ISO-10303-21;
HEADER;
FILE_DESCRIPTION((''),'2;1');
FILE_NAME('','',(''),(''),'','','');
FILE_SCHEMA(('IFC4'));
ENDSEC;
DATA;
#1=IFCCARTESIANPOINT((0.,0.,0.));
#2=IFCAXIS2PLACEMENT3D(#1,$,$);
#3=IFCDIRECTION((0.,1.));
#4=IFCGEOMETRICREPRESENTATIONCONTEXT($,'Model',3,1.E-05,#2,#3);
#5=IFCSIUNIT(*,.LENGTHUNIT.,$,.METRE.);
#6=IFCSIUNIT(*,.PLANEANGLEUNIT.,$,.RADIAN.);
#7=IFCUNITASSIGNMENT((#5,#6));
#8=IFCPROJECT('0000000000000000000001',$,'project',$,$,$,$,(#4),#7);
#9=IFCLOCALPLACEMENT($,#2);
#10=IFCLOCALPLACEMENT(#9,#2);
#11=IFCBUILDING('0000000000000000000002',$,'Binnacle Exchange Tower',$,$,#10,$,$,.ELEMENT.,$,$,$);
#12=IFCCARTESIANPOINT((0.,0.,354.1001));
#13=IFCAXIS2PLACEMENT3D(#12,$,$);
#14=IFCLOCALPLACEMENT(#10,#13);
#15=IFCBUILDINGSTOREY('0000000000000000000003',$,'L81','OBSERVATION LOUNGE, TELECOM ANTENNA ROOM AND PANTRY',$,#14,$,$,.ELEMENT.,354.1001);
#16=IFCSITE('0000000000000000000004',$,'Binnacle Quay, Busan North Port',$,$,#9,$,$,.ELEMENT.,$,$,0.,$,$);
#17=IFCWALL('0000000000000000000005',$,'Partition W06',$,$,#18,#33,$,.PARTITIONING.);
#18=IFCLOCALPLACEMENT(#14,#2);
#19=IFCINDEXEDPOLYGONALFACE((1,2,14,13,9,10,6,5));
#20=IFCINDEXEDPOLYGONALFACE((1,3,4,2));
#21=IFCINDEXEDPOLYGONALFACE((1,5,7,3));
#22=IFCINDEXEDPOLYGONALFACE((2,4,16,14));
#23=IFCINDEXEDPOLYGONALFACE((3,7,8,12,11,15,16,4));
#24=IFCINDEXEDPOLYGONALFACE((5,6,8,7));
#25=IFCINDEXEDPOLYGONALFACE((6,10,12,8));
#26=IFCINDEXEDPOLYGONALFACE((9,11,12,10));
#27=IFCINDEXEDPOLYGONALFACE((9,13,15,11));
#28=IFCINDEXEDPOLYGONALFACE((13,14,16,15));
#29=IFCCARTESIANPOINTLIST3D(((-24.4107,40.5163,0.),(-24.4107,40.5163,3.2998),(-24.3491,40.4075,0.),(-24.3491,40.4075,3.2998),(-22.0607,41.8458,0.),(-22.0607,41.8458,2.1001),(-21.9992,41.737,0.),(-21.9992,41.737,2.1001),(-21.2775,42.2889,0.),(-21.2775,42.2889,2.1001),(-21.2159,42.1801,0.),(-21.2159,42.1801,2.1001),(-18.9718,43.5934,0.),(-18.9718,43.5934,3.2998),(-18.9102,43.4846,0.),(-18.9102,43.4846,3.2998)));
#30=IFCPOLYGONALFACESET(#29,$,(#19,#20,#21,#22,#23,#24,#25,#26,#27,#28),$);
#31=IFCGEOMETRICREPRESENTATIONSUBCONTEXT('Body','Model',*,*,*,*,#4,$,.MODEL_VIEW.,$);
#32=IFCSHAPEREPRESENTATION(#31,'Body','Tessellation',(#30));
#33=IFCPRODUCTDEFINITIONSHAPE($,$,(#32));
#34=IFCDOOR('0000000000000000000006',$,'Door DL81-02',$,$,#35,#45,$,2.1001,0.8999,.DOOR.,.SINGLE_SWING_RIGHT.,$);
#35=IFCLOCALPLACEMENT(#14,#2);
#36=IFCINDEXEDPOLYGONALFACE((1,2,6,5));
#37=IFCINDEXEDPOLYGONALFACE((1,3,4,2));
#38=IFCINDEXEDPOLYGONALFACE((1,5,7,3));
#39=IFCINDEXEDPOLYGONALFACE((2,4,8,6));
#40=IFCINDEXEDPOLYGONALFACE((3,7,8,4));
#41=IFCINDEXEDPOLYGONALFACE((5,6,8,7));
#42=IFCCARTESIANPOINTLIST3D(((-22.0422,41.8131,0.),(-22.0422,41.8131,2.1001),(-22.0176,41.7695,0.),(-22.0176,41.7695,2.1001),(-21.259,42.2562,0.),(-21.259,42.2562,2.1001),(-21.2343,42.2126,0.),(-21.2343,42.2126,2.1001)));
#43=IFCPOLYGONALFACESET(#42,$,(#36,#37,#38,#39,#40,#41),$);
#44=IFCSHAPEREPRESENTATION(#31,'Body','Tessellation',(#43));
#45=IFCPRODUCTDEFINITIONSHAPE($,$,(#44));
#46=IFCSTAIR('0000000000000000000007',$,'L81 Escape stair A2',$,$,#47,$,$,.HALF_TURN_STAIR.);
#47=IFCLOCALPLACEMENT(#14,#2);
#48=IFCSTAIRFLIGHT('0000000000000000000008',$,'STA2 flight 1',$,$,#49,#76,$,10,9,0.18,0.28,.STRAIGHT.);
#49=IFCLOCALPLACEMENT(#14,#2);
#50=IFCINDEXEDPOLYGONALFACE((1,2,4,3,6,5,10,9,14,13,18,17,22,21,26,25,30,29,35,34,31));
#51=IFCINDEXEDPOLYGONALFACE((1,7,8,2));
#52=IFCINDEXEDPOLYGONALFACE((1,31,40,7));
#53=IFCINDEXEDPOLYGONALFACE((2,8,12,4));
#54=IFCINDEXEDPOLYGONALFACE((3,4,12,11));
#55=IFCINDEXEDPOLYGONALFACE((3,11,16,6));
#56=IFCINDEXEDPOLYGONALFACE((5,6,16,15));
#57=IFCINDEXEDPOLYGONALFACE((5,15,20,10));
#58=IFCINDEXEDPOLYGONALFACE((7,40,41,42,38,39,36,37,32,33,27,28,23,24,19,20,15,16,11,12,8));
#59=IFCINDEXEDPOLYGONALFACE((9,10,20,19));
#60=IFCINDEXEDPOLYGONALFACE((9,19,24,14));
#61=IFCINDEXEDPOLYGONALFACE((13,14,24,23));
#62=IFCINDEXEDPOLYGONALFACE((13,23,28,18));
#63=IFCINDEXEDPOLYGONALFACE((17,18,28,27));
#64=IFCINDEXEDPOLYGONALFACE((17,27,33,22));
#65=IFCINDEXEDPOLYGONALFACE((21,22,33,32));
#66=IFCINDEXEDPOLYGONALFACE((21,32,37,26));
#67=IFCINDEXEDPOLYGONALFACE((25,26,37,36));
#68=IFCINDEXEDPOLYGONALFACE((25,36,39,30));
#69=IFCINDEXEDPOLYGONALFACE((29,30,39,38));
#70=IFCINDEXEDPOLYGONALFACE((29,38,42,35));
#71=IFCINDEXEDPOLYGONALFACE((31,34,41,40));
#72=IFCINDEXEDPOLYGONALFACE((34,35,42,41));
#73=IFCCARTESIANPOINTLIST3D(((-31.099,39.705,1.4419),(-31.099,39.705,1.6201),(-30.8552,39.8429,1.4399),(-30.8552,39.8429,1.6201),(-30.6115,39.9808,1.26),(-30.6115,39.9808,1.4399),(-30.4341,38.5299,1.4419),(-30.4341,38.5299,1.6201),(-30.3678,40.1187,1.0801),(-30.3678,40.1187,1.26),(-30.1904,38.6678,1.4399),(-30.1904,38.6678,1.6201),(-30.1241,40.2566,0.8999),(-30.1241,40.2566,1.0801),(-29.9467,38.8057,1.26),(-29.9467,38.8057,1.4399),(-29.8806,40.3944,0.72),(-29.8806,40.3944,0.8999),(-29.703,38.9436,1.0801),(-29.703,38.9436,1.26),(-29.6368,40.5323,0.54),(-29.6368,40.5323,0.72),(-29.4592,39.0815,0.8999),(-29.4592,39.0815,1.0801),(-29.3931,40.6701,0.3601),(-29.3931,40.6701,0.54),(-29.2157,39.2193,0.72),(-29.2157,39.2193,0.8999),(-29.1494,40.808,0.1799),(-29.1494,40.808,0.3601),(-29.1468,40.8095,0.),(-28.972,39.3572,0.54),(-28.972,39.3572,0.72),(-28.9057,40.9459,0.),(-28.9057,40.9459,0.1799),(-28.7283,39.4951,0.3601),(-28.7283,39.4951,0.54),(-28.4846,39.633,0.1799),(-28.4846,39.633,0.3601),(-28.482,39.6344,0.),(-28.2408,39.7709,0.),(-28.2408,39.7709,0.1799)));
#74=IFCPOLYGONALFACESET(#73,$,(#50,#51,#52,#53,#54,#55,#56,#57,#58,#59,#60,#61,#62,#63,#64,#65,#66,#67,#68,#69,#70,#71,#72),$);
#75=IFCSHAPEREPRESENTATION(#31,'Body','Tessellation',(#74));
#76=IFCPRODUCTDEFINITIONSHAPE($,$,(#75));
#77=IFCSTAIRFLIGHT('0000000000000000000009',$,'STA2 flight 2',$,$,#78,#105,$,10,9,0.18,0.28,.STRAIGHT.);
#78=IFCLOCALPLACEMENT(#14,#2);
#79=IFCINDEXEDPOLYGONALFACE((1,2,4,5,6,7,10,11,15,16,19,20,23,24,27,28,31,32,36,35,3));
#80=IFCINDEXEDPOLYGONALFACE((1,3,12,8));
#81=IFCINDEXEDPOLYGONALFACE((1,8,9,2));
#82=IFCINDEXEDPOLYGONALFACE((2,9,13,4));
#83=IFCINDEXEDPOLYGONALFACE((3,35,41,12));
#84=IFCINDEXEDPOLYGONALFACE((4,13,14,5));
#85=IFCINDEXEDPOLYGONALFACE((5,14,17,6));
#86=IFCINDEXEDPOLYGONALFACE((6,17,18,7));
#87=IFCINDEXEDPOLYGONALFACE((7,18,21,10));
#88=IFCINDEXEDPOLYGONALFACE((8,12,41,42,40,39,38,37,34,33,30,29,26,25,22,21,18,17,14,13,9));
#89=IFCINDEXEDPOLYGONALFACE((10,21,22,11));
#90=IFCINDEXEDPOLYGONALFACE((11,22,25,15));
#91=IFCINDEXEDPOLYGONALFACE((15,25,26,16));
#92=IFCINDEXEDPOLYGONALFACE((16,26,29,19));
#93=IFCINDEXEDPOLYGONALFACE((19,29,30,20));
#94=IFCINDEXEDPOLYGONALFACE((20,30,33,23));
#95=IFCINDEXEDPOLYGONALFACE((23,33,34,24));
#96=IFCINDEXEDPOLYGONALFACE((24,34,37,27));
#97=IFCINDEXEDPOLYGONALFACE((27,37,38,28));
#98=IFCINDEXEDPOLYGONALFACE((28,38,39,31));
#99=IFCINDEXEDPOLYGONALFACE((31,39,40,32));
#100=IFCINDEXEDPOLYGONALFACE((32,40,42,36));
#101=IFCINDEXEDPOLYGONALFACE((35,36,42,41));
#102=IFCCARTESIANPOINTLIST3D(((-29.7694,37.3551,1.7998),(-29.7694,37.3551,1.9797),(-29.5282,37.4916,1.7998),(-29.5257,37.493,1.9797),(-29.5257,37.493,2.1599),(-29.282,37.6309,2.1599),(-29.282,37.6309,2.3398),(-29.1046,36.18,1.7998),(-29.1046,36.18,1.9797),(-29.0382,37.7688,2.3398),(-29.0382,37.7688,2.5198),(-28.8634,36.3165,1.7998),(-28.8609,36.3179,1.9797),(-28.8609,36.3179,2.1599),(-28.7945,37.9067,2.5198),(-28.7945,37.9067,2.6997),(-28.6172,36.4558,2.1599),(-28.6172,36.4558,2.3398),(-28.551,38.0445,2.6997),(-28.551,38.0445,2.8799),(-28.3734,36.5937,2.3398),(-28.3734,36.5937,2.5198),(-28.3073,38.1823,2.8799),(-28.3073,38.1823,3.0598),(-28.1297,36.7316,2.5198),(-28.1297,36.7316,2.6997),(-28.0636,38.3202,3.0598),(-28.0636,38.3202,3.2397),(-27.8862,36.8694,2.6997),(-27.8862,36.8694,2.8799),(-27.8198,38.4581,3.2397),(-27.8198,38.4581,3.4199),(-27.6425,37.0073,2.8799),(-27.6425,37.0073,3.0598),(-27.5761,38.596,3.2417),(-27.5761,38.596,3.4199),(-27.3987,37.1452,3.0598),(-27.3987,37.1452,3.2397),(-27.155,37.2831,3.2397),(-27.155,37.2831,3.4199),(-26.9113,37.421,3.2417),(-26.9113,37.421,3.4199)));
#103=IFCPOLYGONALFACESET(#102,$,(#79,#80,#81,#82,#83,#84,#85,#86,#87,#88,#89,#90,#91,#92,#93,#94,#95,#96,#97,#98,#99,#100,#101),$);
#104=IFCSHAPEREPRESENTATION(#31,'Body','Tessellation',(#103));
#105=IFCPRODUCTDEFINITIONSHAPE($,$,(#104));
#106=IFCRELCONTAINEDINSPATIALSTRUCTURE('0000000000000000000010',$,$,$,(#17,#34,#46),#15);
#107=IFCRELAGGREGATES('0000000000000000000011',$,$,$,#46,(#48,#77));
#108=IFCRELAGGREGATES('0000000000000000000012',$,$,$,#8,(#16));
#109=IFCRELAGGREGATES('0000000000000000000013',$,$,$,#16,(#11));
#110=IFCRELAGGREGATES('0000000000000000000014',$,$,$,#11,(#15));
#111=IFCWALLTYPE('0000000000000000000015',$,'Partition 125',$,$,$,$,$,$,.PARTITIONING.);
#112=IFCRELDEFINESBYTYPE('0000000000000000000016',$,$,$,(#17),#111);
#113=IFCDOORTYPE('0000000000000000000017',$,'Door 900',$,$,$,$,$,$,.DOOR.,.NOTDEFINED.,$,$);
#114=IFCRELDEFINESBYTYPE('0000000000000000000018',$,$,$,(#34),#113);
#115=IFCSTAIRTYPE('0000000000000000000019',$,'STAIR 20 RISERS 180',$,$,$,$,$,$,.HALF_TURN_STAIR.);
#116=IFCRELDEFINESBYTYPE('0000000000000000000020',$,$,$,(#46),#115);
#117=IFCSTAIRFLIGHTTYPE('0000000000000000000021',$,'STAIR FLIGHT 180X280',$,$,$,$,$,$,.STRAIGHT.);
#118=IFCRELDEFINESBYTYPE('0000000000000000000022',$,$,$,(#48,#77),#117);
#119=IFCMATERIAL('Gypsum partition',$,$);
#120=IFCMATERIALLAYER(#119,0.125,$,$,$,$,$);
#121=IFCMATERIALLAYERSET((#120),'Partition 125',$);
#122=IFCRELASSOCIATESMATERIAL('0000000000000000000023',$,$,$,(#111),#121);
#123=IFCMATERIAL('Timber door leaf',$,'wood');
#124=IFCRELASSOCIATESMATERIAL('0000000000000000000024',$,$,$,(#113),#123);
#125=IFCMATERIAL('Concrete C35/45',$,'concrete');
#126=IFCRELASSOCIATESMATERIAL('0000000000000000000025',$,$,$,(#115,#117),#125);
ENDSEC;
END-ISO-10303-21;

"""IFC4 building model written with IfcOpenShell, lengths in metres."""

from ifc_helpers import new_model, si_unit, direction, frame, frame_2d, origin, place, context, subcontext, project, spatial, polyline, rectangle, outline, extrude, material, layer, layer_set, type_object, element, fill, aggregate, save


model = new_model("IFC4")

# Units and contexts
model_context = context("Model", 3, precision=1e-05, world=origin(), true_north=direction((0.0, 1.0)))
body_context = subcontext(model_context, "Body", "Model", "MODEL_VIEW")
ifc_project = project(units=[si_unit("LENGTHUNIT", "METRE"), si_unit("PLANEANGLEUNIT", "RADIAN")], contexts=[model_context])

# Site, building, storey
site_placement = place(None, origin())
site = spatial("IfcSite", under=ifc_project, at=site_placement, Name="Binnacle Quay, Busan North Port", CompositionType="ELEMENT", RefElevation=0.0)
building_placement = place(site_placement, origin())
building = spatial("IfcBuilding", under=site, at=building_placement, Name="Binnacle Exchange Tower", CompositionType="ELEMENT")
storey_placement = place(building_placement, frame((0.0, 0.0, 354.1001)))
storey = spatial("IfcBuildingStorey", under=building, at=storey_placement, Name="L81", Description="OBSERVATION LOUNGE, TELECOM ANTENNA ROOM AND PANTRY", CompositionType="ELEMENT", Elevation=354.1001)

# Wall, opening, door
ifc_material_1 = material(Name="Gypsum partition")
ifc_layer_1 = layer(ifc_material_1, 0.125)
ifc_layer_set_1 = layer_set([ifc_layer_1], Name="Partition 125")
wall_type_1 = type_object("IfcWallType", Name="Partition 125", PredefinedType="PARTITIONING", material=ifc_layer_set_1)
wall_1_placement = place(storey_placement, frame((-24.3799, 40.4619, 0.0), z_axis=(0.0, 0.0, 1.0), x_axis=(0.87036, 0.492415, 0.0)))
wall_1 = element("IfcWall", 1, at=wall_1_placement, inside=storey, type_object=wall_type_1, Name="Partition W06", PredefinedType="PARTITIONING", context=body_context, shape_type="SweptSolid", body=[
    extrude(rectangle(XDim=6.249, YDim=0.125, at=frame_2d((3.1245, 0.0))), origin(), (0.0, 0.0, 1.0), 3.2998),
])
opening_1_placement = place(wall_1_placement, frame((2.7, 0.0, 0.0)))
opening_1 = element("IfcOpeningElement", 2, at=opening_1_placement, cuts=wall_1, PredefinedType="OPENING", context=body_context, shape_type="SweptSolid", body=[
    extrude(rectangle(XDim=0.8999, YDim=2.1001, at=frame_2d((0.45, 1.05))), frame((0.0, 0.0725, 0.0), z_axis=(0.0, -1.0, 0.0), x_axis=(1.0, 0.0, 0.0)), (0.0, 0.0, 1.0), 0.145),
])
ifc_material_2 = material(Name="Timber door leaf", Category="wood")
door_type_1 = type_object("IfcDoorType", Name="Door 900", OperationType="NOTDEFINED", PredefinedType="DOOR", material=ifc_material_2)
door_1_placement = place(opening_1_placement, origin())
door_1 = element("IfcDoor", 3, at=door_1_placement, inside=storey, type_object=door_type_1, Name="Door DL81-02", OperationType="SINGLE_SWING_RIGHT", OverallHeight=2.1001, OverallWidth=0.8999, PredefinedType="DOOR", context=body_context, shape_type="SweptSolid", body=[
    extrude(rectangle(XDim=0.8999, YDim=2.1001, at=frame_2d((0.45, 1.05))), frame((0.0, 0.0249, 0.0), z_axis=(0.0, -1.0, 0.0), x_axis=(1.0, 0.0, 0.0)), (0.0, 0.0, 1.0), 0.05),
])
fill(opening_1, door_1)

# Stair, stair flights
ifc_material_3 = material(Name="Concrete C35/45", Category="concrete")
stair_type = type_object("IfcStairType", Name="STAIR 20 RISERS 180", PredefinedType="HALF_TURN_STAIR", material=ifc_material_3)
stair_placement = place(storey_placement, origin())
stair = element("IfcStair", 4, at=stair_placement, inside=storey, type_object=stair_type, Name="L81 Escape stair A2", PredefinedType="HALF_TURN_STAIR")
stair_flight_type = type_object("IfcStairFlightType", Name="STAIR FLIGHT 180X280", PredefinedType="STRAIGHT", material=ifc_material_3)
stair_flight_1_placement = place(storey_placement, frame((-28.5732, 40.3584, 0.0), z_axis=(0.0, 0.0, 1.0), x_axis=(-0.870356, -0.492424, 0.0)))
stair_flight_1 = element("IfcStairFlight", 5, at=stair_flight_1_placement, type_object=stair_flight_type, Name="STA2 flight 1", NumberOfRisers=10, NumberOfTreads=9, PredefinedType="STRAIGHT", RiserHeight=0.18, TreadLength=0.28, context=body_context, shape_type="SweptSolid", body=[
    extrude(outline(polyline([(0.0, 0.0), (0.0, 0.1799), (0.28, 0.1799), (0.28, 0.3601), (0.5601, 0.3601), (0.5601, 0.54), (0.8401, 0.54), (0.8401, 0.72), (1.1201, 0.72), (1.1201, 0.8999), (1.3999, 0.8999), (1.3999, 1.0801), (1.6799, 1.0801), (1.6799, 1.26), (1.96, 1.26), (1.96, 1.4399), (2.24, 1.4399), (2.24, 1.6201), (2.52, 1.6201), (2.52, 1.8), (2.52, 1.4419), (0.2771, 0.0), (0.0, 0.0)])), frame((0.0, 0.675, 0.0), z_axis=(0.0, -1.0, 0.0), x_axis=(1.0, 0.0, 0.0)), (0.0, 0.0, 1.0), 1.3501),
])
stair_flight_2_placement = place(storey_placement, frame((-29.437, 36.7676, 1.7998), z_axis=(0.0, 0.0, 1.0), x_axis=(0.870356, 0.492424, 0.0)))
stair_flight_2 = element("IfcStairFlight", 6, at=stair_flight_2_placement, type_object=stair_flight_type, Name="STA2 flight 2", NumberOfRisers=10, NumberOfTreads=9, PredefinedType="STRAIGHT", RiserHeight=0.18, TreadLength=0.28, context=body_context, shape_type="SweptSolid", body=[
    extrude(outline(polyline([(0.0, 0.0), (0.0, 0.1799), (0.28, 0.1799), (0.28, 0.3601), (0.5601, 0.3601), (0.5601, 0.54), (0.8401, 0.54), (0.8401, 0.72), (1.1201, 0.72), (1.1201, 0.8999), (1.3999, 0.8999), (1.3999, 1.0801), (1.6799, 1.0801), (1.6799, 1.26), (1.96, 1.26), (1.96, 1.4399), (2.24, 1.4399), (2.24, 1.6201), (2.52, 1.6201), (2.52, 1.8), (2.52, 1.4419), (0.2771, 0.0), (0.0, 0.0)])), frame((0.0, 0.675, 0.0), z_axis=(0.0, -1.0, 0.0), x_axis=(1.0, 0.0, 0.0)), (0.0, 0.0, 1.0), 1.3501),
])
aggregate(stair, [stair_flight_1, stair_flight_2])

save(model, "model.ifc")
